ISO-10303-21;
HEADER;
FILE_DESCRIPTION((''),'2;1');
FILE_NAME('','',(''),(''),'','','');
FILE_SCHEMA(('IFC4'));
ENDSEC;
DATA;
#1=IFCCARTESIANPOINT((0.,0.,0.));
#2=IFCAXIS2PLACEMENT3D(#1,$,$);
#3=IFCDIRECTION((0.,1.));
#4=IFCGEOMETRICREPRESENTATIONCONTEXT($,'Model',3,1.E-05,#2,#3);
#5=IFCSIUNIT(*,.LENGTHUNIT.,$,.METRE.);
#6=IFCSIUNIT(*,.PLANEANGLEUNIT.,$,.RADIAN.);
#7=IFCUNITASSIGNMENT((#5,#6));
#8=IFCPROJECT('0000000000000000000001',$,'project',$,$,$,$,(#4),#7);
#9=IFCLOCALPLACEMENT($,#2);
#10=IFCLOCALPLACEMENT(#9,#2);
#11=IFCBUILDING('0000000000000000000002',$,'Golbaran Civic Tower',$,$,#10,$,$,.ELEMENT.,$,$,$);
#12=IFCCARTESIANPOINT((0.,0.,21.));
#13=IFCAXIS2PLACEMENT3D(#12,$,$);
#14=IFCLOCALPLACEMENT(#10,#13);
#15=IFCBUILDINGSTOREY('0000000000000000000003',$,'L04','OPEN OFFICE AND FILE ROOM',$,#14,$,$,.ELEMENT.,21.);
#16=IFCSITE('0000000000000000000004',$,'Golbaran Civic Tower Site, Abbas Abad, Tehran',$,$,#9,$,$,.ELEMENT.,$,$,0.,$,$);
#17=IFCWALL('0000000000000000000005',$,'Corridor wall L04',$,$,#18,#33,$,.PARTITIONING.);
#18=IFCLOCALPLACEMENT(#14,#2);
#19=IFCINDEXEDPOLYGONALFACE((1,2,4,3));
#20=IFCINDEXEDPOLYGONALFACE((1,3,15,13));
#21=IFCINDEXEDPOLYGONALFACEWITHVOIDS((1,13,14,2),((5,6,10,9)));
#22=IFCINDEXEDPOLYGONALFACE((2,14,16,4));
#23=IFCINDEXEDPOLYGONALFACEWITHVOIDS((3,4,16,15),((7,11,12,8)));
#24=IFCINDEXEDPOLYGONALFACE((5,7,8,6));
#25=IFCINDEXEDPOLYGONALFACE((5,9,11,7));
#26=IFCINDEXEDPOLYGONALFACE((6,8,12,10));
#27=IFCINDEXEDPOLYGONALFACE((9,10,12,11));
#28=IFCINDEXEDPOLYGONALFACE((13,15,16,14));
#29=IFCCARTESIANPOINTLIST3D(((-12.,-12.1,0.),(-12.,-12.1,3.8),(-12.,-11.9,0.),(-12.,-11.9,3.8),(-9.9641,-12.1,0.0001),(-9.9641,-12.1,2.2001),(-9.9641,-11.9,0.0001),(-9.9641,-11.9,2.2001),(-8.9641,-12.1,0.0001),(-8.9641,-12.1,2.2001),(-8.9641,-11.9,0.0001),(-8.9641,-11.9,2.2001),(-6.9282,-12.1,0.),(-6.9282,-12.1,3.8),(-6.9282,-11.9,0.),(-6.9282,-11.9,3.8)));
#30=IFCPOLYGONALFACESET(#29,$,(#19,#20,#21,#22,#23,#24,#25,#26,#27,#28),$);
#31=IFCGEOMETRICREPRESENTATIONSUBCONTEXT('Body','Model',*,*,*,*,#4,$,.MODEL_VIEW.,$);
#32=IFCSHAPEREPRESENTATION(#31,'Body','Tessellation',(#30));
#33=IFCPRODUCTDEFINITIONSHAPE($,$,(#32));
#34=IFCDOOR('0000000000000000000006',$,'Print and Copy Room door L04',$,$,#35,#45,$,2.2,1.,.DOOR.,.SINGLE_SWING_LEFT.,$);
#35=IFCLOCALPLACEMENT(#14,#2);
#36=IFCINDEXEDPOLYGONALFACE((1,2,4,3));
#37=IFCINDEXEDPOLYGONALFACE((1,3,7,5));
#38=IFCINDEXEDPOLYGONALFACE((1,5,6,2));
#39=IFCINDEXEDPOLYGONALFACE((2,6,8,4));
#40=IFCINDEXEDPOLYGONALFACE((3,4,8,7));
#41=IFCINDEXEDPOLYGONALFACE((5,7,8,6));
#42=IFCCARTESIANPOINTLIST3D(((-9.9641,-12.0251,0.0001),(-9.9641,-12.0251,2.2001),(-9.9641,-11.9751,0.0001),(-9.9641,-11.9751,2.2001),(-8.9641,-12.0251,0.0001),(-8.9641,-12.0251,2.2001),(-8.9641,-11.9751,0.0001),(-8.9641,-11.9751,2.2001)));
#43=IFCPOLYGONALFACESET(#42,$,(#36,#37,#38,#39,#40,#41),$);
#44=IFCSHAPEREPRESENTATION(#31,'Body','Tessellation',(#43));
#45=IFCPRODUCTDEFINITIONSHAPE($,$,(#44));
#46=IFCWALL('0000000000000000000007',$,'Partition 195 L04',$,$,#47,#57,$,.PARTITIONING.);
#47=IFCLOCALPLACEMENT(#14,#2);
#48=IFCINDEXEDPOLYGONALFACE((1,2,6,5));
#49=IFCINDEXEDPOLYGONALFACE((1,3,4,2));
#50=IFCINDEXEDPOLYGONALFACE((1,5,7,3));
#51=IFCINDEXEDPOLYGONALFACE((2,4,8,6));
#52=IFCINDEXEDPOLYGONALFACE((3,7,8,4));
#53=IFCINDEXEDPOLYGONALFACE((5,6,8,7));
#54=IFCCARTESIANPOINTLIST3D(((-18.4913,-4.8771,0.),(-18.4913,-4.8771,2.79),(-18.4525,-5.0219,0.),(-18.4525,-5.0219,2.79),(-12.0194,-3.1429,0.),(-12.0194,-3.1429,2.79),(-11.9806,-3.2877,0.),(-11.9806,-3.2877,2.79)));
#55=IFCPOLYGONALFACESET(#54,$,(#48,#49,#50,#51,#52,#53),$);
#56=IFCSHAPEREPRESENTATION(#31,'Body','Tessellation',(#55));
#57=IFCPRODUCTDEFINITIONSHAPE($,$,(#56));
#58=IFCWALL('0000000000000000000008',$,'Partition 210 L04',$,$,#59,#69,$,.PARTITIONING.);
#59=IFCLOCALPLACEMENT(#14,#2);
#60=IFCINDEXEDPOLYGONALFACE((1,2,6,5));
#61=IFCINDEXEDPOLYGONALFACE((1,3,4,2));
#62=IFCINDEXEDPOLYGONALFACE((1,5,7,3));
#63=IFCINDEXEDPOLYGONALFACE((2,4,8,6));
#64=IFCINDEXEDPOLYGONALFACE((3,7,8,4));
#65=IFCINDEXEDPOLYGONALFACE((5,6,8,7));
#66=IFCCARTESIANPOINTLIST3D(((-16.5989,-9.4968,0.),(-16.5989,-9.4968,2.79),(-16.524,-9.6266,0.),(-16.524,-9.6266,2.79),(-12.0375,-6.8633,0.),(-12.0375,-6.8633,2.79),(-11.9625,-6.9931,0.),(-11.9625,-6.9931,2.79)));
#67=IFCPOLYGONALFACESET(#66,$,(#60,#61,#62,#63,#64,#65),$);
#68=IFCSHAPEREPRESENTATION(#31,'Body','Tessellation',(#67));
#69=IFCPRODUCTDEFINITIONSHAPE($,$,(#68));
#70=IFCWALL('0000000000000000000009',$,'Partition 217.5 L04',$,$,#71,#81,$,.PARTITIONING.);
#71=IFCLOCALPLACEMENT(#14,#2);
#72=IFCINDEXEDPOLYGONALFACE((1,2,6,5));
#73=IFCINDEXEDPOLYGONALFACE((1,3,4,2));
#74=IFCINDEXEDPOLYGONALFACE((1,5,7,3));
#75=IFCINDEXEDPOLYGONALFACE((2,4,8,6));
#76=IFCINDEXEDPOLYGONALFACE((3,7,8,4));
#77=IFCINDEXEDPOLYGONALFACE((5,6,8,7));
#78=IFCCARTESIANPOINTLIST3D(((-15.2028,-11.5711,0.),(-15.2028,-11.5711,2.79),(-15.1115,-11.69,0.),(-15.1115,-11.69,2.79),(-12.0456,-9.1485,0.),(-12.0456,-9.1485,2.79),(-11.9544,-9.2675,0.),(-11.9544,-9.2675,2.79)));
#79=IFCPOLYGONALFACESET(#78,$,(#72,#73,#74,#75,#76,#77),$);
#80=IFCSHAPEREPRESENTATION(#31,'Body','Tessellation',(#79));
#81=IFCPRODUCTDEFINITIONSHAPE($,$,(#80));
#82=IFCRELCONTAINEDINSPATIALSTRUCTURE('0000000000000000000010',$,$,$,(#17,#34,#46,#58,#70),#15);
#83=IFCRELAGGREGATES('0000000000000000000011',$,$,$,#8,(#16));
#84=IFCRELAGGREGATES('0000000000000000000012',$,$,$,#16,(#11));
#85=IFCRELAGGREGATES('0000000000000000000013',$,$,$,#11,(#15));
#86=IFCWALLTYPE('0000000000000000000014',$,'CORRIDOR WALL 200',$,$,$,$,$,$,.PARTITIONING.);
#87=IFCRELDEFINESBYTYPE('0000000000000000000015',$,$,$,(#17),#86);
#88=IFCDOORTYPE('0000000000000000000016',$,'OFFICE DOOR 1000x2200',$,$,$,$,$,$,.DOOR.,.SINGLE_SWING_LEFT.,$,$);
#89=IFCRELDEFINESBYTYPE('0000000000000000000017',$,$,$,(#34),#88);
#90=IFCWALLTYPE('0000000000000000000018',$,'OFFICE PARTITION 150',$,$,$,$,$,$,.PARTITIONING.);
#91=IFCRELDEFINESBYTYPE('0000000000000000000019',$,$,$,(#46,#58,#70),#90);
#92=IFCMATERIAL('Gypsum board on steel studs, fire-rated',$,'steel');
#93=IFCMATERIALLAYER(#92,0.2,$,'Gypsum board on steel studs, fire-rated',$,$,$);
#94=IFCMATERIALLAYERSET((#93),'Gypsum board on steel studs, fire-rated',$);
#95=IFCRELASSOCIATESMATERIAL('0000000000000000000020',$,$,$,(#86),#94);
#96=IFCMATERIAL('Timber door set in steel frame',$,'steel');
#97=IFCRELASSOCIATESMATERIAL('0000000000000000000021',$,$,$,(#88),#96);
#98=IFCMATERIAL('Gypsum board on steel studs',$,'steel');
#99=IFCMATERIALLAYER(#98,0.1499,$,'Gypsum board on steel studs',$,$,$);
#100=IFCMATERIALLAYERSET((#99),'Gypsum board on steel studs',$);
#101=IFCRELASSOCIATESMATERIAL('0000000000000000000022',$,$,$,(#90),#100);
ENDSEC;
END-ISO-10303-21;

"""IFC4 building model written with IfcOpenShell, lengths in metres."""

from ifc_helpers import new_model, si_unit, direction, frame, frame_2d, origin, place, context, subcontext, project, spatial, rectangle, extrude, material, layer, layer_set, type_object, element, fill, save


model = new_model("IFC4")

# Units and contexts
model_context = context("Model", 3, precision=1e-05, world=origin(), true_north=direction((0.0, 1.0)))
body_context = subcontext(model_context, "Body", "Model", "MODEL_VIEW")
ifc_project = project(units=[si_unit("LENGTHUNIT", "METRE"), si_unit("PLANEANGLEUNIT", "RADIAN")], contexts=[model_context])

# Site, building, storey
site_placement = place(None, origin())
site = spatial("IfcSite", under=ifc_project, at=site_placement, Name="Golbaran Civic Tower Site, Abbas Abad, Tehran", CompositionType="ELEMENT", RefElevation=0.0)
building_placement = place(site_placement, origin())
building = spatial("IfcBuilding", under=site, at=building_placement, Name="Golbaran Civic Tower", CompositionType="ELEMENT")
storey_placement = place(building_placement, frame((0.0, 0.0, 21.0)))
storey = spatial("IfcBuildingStorey", under=building, at=storey_placement, Name="L04", Description="OPEN OFFICE AND FILE ROOM", CompositionType="ELEMENT", Elevation=21.0)

# Shared definitions
ifc_material_1 = material(Name="Gypsum board on steel studs, fire-rated", Category="steel")
ifc_layer_1 = layer(ifc_material_1, 0.2, Name="Gypsum board on steel studs, fire-rated")
ifc_layer_set_1 = layer_set([ifc_layer_1], Name="Gypsum board on steel studs, fire-rated")
wall_type_1 = type_object("IfcWallType", Name="CORRIDOR WALL 200", PredefinedType="PARTITIONING", material=ifc_layer_set_1)
ifc_material_2 = material(Name="Timber door set in steel frame", Category="steel")
door_type = type_object("IfcDoorType", Name="OFFICE DOOR 1000x2200", OperationType="SINGLE_SWING_LEFT", PredefinedType="DOOR", material=ifc_material_2)

# Wall, opening, door
wall_1_placement = place(storey_placement, frame((-12.0, -12.0, 0.0), z_axis=(0.0, 0.0, 1.0), x_axis=(1.0, 0.0, 0.0)))
wall_1 = element("IfcWall", 1, at=wall_1_placement, inside=storey, type_object=wall_type_1, Name="Corridor wall L04", PredefinedType="PARTITIONING", context=body_context, shape_type="SweptSolid", body=[
    extrude(rectangle(XDim=5.0718, YDim=0.2, at=frame_2d((2.5359, 0.0))), origin(), (0.0, 0.0, 1.0), 3.8),
])
opening_1_placement = place(wall_1_placement, frame((2.0359, 0.0, 0.0)))
opening_1 = element("IfcOpeningElement", 2, at=opening_1_placement, cuts=wall_1, PredefinedType="OPENING", context=body_context, shape_type="SweptSolid", body=[
    extrude(rectangle(XDim=1.0, YDim=2.2, at=frame_2d((0.5, 1.1001))), frame((0.0, 0.1099, 0.0), z_axis=(0.0, -1.0, 0.0), x_axis=(1.0, 0.0, 0.0)), (0.0, 0.0, 1.0), 0.22),
])
door_1_placement = place(opening_1_placement, origin())
door_1 = element("IfcDoor", 3, at=door_1_placement, inside=storey, type_object=door_type, Name="Print and Copy Room door L04", OperationType="SINGLE_SWING_LEFT", OverallHeight=2.2, OverallWidth=1.0, PredefinedType="DOOR", context=body_context, shape_type="SweptSolid", body=[
    extrude(rectangle(XDim=1.0, YDim=2.2, at=frame_2d((0.5, 1.1001))), frame((0.0, 0.0249, 0.0), z_axis=(0.0, -1.0, 0.0), x_axis=(1.0, 0.0, 0.0)), (0.0, 0.0, 1.0), 0.05),
])
fill(opening_1, door_1)

# Walls
ifc_material_3 = material(Name="Gypsum board on steel studs", Category="steel")
ifc_layer_2 = layer(ifc_material_3, 0.1499, Name="Gypsum board on steel studs")
ifc_layer_set_2 = layer_set([ifc_layer_2], Name="Gypsum board on steel studs")
wall_type_2 = type_object("IfcWallType", Name="OFFICE PARTITION 150", PredefinedType="PARTITIONING", material=ifc_layer_set_2)
wall_2_placement = place(storey_placement, frame((-12.0, -3.2153, 0.0), z_axis=(0.0, 0.0, 1.0), x_axis=(-0.965926, -0.258817, 0.0)))
element("IfcWall", 4, at=wall_2_placement, inside=storey, type_object=wall_type_2, Name="Partition 195 L04", PredefinedType="PARTITIONING", context=body_context, shape_type="SweptSolid", body=[
    extrude(rectangle(XDim=6.7002, YDim=0.1499, at=frame_2d((3.3501, 0.0))), origin(), (0.0, 0.0, 1.0), 2.79),
])
wall_3_placement = place(storey_placement, frame((-12.0, -6.9282, 0.0), z_axis=(0.0, 0.0, 1.0), x_axis=(-0.86603, -0.499993, 0.0)))
element("IfcWall", 5, at=wall_3_placement, inside=storey, type_object=wall_type_2, Name="Partition 210 L04", PredefinedType="PARTITIONING", context=body_context, shape_type="SweptSolid", body=[
    extrude(rectangle(XDim=5.2671, YDim=0.1499, at=frame_2d((2.6335, 0.0))), origin(), (0.0, 0.0, 1.0), 2.79),
])
wall_4_placement = place(storey_placement, frame((-12.0, -9.208, 0.0), z_axis=(0.0, 0.0, 1.0), x_axis=(-0.793355, -0.608759, 0.0)))
element("IfcWall", 6, at=wall_4_placement, inside=storey, type_object=wall_type_2, Name="Partition 217.5 L04", PredefinedType="PARTITIONING", context=body_context, shape_type="SweptSolid", body=[
    extrude(rectangle(XDim=3.9795, YDim=0.1499, at=frame_2d((1.9897, 0.0))), origin(), (0.0, 0.0, 1.0), 2.79),
])

save(model, "model.ifc")
